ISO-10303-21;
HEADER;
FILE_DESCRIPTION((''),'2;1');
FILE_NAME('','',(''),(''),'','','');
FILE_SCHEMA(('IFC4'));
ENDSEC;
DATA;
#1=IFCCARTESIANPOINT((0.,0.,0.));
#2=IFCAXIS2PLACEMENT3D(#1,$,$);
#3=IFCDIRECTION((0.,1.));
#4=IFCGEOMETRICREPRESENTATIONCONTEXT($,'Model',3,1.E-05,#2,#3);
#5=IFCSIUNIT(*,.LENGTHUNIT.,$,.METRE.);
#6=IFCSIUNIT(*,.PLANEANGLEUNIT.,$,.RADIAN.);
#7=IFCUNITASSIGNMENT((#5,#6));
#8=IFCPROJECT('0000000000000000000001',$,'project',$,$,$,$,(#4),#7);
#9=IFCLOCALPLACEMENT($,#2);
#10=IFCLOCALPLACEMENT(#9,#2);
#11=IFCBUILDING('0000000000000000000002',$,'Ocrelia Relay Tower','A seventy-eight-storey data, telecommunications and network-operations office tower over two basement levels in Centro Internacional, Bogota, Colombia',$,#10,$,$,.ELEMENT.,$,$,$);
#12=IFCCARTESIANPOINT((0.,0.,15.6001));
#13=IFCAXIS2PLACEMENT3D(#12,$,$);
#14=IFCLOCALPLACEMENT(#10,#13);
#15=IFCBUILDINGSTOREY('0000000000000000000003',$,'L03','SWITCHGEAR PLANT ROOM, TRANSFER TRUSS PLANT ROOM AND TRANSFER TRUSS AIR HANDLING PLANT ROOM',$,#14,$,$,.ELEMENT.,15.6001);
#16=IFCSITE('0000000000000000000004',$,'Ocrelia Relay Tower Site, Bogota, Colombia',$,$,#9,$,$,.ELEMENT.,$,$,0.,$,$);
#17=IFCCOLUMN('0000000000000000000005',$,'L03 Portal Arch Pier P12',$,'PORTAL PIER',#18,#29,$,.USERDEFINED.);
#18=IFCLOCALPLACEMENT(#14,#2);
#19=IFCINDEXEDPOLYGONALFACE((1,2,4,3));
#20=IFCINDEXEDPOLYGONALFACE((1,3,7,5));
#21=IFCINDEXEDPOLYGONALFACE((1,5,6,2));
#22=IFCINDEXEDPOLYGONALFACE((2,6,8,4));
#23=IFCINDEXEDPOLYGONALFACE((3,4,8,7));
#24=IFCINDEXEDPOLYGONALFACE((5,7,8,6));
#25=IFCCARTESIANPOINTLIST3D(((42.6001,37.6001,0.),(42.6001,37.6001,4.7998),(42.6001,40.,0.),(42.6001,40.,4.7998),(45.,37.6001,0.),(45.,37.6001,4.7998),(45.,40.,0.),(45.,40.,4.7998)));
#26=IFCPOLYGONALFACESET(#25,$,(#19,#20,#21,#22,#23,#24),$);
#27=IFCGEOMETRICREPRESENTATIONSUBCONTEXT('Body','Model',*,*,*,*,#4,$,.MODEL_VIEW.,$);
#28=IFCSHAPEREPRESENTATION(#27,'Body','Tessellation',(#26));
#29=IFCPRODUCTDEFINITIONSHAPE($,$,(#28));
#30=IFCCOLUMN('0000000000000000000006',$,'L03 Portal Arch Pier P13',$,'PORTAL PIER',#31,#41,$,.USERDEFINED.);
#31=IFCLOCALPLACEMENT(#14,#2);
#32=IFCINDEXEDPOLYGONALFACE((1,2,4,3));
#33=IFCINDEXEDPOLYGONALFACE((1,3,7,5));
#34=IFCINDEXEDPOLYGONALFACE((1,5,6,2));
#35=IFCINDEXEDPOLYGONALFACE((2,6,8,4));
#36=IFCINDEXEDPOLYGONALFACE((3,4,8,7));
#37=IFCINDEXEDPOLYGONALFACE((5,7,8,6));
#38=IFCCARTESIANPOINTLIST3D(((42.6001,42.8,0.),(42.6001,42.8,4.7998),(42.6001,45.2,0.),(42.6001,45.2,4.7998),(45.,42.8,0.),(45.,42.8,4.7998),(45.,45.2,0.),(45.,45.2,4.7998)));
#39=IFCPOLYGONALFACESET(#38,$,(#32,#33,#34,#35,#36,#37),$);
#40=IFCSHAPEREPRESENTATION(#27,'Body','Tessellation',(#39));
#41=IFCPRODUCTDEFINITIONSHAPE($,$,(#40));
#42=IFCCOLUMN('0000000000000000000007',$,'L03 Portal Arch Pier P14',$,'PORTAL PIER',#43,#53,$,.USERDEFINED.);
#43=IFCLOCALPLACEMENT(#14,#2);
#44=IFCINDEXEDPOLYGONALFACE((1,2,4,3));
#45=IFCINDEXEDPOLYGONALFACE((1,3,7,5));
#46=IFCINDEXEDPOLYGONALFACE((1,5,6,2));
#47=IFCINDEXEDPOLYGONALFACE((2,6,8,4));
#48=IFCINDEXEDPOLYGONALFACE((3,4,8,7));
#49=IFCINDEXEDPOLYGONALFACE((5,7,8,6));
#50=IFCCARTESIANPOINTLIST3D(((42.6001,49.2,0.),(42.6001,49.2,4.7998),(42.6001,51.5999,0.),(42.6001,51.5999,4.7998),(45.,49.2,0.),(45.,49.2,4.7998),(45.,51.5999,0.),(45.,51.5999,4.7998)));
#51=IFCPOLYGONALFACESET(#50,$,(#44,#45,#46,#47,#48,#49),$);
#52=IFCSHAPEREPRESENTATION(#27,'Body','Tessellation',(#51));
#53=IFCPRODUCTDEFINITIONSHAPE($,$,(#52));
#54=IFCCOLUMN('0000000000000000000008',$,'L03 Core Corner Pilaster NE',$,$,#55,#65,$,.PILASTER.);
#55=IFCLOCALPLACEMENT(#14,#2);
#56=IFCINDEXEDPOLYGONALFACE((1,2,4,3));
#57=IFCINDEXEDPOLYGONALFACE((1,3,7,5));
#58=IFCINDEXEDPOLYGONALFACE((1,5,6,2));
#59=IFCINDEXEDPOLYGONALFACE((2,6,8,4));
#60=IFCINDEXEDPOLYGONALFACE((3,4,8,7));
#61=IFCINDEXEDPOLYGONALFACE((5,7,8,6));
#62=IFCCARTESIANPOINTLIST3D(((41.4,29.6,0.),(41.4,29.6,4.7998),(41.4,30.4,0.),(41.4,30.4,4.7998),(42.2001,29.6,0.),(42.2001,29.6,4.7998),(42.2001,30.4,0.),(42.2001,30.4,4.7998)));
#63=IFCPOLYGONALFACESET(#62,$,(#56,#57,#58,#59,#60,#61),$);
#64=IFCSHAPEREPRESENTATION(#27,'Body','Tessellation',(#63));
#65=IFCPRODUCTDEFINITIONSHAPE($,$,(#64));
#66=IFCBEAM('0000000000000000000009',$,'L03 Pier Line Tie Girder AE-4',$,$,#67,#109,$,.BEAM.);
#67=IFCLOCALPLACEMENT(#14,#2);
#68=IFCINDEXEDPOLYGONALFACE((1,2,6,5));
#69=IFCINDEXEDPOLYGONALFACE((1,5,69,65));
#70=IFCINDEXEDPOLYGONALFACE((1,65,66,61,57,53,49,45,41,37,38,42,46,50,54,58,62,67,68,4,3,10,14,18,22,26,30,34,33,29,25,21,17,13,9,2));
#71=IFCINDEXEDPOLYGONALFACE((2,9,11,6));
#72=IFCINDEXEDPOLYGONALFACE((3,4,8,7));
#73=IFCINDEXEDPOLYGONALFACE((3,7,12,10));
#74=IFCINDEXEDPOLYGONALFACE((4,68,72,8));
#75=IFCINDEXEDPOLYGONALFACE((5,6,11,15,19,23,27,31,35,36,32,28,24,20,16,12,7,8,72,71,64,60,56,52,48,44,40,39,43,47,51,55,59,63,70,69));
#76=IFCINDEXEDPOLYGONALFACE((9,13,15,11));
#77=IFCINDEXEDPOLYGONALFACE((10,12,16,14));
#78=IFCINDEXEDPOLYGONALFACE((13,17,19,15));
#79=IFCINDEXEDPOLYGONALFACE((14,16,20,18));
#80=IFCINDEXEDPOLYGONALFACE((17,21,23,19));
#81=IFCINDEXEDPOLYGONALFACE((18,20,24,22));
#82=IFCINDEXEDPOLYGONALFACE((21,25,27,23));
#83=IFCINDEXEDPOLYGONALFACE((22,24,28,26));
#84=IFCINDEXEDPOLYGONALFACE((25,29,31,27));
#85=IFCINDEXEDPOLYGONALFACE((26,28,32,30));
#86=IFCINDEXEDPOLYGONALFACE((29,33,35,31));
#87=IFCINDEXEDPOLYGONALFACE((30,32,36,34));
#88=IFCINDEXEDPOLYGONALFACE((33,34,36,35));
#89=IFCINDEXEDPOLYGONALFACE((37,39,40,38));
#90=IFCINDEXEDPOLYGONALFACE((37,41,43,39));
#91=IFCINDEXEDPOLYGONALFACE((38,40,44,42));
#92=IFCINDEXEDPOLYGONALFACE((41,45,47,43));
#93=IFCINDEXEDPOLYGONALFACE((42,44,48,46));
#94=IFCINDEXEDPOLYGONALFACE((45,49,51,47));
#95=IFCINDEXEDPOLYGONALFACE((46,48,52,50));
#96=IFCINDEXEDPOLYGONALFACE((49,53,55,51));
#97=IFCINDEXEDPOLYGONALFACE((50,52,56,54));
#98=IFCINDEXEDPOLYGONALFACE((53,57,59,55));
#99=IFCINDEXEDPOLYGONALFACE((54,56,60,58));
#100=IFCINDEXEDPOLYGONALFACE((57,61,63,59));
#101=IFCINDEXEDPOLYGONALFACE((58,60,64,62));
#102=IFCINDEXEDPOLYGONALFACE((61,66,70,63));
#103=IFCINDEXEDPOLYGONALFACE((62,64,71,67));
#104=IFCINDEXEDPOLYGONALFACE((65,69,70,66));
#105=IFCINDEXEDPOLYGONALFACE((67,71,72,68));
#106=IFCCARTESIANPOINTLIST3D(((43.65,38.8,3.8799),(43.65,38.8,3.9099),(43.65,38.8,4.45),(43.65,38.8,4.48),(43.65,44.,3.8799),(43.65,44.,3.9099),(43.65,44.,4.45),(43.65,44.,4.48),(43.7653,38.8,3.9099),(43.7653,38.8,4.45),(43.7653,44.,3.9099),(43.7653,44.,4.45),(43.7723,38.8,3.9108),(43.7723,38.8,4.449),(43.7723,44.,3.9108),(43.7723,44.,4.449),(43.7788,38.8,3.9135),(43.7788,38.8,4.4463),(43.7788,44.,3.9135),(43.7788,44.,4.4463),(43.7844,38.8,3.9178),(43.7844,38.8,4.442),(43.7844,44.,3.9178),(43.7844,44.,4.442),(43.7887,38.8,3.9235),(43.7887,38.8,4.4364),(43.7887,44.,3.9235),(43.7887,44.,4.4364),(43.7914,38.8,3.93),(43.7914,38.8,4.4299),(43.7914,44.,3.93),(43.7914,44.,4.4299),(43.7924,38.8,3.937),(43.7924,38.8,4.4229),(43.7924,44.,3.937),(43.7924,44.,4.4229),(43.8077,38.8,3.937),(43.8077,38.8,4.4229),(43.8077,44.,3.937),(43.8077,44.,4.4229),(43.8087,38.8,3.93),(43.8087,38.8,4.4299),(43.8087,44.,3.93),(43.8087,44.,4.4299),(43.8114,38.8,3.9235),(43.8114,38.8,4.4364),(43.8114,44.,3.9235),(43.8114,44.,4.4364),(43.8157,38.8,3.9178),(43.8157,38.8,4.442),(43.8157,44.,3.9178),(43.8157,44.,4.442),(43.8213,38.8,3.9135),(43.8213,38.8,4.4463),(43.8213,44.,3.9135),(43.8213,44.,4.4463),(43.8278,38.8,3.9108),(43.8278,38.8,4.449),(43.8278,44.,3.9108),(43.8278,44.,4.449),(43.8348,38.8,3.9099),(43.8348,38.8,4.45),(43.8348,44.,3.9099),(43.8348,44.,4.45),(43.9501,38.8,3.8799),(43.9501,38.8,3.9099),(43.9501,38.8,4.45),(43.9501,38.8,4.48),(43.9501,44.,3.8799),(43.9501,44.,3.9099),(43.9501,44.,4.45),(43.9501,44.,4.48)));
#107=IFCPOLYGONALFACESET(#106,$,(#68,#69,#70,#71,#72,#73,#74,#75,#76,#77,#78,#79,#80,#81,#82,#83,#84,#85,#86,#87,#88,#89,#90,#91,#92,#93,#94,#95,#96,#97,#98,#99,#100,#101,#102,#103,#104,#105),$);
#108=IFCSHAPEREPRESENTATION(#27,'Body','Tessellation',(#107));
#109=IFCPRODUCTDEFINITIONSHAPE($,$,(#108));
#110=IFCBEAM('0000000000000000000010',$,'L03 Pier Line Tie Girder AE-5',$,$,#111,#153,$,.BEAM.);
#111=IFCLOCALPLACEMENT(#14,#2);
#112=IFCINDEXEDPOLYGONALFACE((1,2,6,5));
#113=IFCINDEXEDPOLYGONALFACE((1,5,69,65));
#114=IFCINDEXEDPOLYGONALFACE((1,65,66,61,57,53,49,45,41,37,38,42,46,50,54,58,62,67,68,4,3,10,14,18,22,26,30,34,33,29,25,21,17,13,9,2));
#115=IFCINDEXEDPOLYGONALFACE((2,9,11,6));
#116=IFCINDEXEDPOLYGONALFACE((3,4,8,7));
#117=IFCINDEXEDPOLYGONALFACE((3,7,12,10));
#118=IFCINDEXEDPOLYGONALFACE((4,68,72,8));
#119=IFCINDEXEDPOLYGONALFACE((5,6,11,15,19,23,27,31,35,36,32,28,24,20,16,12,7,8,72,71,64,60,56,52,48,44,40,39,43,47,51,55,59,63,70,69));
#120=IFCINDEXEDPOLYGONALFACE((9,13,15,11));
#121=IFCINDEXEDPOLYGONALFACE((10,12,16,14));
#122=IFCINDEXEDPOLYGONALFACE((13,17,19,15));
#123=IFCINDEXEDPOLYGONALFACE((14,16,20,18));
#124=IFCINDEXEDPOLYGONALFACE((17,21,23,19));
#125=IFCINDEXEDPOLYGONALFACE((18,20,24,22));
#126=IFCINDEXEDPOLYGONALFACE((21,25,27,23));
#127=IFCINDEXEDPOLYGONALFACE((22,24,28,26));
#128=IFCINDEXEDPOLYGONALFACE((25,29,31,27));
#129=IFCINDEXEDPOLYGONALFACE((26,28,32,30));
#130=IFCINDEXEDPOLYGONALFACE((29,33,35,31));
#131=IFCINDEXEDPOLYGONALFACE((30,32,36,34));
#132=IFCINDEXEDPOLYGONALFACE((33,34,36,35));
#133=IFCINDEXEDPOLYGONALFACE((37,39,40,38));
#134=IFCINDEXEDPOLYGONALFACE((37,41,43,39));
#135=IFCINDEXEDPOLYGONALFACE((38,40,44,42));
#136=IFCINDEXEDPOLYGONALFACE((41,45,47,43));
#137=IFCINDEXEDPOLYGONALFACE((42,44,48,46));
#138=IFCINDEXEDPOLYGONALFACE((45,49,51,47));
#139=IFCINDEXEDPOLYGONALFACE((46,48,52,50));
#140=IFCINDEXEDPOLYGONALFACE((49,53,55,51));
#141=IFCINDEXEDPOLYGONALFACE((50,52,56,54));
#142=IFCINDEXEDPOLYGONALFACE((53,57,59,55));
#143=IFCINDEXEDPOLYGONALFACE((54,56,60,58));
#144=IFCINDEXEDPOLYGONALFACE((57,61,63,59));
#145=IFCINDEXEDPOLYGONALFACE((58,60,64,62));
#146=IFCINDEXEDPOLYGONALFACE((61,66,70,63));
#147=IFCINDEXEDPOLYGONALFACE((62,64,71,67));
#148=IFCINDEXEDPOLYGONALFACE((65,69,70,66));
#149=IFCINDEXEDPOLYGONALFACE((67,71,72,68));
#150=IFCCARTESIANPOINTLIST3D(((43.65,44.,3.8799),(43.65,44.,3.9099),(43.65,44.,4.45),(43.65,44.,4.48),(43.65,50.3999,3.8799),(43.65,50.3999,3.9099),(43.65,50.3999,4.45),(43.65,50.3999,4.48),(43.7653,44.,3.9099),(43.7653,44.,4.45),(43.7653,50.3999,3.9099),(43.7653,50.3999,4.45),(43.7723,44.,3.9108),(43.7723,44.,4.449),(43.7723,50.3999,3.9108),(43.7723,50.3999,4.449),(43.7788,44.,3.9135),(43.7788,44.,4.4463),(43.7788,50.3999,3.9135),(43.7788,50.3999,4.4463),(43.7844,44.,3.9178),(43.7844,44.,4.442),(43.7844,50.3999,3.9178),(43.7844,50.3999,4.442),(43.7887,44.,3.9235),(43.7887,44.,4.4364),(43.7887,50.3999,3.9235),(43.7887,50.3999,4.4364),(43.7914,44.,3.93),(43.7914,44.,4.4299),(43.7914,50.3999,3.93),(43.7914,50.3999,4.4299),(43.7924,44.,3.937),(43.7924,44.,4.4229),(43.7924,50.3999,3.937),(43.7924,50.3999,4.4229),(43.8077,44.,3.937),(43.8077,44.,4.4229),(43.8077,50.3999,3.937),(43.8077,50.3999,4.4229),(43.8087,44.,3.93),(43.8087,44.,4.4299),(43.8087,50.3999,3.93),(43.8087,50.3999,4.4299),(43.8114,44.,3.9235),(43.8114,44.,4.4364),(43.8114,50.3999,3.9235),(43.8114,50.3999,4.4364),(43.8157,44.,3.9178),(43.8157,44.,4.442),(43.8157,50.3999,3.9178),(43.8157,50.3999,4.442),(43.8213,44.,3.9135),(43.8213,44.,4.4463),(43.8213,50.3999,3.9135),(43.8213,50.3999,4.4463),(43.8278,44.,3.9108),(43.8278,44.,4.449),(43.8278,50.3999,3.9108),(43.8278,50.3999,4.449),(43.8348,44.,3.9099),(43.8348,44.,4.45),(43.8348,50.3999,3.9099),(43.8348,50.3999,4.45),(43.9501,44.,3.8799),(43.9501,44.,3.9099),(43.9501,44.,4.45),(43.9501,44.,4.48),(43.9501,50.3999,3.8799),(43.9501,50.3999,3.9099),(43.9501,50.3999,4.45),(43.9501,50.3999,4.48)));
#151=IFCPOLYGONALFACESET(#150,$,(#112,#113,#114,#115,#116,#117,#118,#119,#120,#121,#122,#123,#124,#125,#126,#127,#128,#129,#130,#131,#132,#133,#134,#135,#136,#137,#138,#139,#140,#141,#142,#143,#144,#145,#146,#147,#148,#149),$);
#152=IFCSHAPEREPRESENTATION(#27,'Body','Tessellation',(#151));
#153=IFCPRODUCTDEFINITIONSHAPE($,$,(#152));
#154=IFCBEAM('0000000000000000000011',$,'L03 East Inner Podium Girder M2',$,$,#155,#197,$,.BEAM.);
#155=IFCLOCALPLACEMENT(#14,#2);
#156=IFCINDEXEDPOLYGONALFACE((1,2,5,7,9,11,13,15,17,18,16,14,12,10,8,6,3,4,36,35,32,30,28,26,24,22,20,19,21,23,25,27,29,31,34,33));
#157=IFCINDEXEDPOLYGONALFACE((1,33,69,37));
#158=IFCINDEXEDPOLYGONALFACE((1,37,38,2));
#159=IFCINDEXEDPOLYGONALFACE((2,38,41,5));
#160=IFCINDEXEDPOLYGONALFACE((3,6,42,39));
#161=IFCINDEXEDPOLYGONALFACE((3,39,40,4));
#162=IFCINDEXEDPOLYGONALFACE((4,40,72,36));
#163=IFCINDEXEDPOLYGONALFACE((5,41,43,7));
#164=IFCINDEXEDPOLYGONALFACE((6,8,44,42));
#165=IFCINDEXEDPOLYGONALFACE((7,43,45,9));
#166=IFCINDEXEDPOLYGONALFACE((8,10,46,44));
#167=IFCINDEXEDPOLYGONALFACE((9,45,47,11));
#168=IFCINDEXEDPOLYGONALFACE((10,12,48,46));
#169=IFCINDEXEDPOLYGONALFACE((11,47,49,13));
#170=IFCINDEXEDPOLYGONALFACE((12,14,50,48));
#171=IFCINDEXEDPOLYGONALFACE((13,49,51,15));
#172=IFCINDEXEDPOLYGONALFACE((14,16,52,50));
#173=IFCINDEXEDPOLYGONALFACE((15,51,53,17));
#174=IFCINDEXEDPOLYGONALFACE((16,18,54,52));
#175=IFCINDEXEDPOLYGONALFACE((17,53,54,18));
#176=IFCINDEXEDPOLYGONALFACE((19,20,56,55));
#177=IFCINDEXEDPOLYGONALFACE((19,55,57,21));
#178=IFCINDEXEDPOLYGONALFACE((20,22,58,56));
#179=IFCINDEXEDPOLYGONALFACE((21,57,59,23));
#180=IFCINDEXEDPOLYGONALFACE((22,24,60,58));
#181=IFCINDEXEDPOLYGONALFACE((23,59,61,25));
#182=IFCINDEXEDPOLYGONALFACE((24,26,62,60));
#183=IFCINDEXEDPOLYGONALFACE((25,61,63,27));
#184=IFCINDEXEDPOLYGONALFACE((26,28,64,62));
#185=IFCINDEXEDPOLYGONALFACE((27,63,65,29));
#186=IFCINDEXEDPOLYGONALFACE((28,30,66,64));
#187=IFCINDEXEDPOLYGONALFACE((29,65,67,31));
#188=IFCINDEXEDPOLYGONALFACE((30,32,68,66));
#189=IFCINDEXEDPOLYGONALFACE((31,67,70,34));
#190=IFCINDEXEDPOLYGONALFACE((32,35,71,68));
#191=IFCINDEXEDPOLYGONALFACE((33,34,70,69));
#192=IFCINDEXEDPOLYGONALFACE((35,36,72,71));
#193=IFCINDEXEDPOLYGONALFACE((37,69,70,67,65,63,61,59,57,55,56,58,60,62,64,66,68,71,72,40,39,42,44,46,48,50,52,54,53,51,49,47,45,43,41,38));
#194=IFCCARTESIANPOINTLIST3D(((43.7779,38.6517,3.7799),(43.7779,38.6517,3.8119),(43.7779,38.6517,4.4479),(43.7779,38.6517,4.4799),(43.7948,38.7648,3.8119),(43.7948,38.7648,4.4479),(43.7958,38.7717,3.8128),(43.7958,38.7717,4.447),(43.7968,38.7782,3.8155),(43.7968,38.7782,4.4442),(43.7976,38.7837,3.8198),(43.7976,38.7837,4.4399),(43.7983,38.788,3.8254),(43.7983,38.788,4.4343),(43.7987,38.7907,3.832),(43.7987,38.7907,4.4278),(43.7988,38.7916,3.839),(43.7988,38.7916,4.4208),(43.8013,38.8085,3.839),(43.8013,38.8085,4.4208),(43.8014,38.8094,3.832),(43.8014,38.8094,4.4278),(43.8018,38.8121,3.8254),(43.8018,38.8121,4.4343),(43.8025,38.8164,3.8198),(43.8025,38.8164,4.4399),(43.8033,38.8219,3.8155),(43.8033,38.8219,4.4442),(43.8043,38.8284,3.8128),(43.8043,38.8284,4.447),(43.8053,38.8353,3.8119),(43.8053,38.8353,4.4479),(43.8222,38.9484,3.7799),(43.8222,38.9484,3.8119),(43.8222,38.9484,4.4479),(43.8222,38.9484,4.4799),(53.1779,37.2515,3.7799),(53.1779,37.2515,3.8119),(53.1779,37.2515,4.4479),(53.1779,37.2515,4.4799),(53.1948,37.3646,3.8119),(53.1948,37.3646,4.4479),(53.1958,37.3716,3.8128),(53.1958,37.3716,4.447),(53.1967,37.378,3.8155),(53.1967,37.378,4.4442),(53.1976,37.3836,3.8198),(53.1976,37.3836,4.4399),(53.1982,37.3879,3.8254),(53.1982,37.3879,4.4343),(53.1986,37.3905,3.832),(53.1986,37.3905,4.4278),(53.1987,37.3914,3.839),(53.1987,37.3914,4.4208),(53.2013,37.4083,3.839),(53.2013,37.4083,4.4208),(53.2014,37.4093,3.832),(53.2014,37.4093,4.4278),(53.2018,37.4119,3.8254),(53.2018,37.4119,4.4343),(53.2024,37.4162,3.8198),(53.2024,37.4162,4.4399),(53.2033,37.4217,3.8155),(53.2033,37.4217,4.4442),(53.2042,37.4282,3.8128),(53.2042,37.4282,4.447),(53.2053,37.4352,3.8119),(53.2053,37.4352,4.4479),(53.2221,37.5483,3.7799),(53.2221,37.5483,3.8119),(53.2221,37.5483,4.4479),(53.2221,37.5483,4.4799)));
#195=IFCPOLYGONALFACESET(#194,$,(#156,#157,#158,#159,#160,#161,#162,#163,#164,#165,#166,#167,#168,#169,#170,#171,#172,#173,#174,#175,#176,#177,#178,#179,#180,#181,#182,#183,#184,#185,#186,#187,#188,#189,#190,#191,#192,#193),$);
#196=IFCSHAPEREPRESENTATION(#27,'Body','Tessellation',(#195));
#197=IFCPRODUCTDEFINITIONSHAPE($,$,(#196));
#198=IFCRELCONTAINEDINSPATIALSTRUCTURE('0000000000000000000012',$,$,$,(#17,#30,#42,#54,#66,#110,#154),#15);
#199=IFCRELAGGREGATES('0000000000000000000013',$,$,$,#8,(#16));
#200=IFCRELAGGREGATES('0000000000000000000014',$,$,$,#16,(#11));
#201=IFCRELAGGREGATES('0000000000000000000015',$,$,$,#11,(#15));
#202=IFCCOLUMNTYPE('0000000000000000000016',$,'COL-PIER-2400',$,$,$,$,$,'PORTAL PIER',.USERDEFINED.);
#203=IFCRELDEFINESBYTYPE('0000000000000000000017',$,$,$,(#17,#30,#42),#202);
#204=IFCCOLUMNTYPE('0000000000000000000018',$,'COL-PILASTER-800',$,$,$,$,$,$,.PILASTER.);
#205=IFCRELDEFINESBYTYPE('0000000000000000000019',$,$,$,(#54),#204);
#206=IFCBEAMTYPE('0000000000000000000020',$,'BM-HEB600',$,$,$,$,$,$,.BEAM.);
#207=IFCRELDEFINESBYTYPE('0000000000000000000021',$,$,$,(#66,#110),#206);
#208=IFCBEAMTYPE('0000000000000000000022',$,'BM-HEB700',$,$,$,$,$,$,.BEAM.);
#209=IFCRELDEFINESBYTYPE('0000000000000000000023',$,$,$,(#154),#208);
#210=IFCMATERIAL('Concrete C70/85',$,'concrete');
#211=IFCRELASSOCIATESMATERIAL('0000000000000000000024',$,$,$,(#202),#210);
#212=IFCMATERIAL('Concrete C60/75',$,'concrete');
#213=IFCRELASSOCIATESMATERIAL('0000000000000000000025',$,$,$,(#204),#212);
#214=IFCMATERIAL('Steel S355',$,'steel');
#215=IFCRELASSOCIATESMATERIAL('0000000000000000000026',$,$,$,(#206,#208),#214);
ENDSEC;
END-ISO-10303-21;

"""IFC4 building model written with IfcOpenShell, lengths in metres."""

from ifc_helpers import new_model, si_unit, direction, frame, origin, origin_2d, place, context, subcontext, project, spatial, rectangle, i_section, extrude, material, material_profile, profile_set, type_object, element, save


model = new_model("IFC4")

# Units and contexts
model_context = context("Model", 3, precision=1e-05, world=origin(), true_north=direction((0.0, 1.0)))
body_context = subcontext(model_context, "Body", "Model", "MODEL_VIEW")
ifc_project = project(units=[si_unit("LENGTHUNIT", "METRE"), si_unit("PLANEANGLEUNIT", "RADIAN")], contexts=[model_context])

# Site, building, storey
site_placement = place(None, origin())
site = spatial("IfcSite", under=ifc_project, at=site_placement, Name="Ocrelia Relay Tower Site, Bogota, Colombia", CompositionType="ELEMENT", RefElevation=0.0)
building_placement = place(site_placement, origin())
building = spatial("IfcBuilding", under=site, at=building_placement, Name="Ocrelia Relay Tower", Description="A seventy-eight-storey data, telecommunications and network-operations office tower over two basement levels in Centro Internacional, Bogota, Colombia", CompositionType="ELEMENT")
storey_placement = place(building_placement, frame((0.0, 0.0, 15.6001)))
storey = spatial("IfcBuildingStorey", under=building, at=storey_placement, Name="L03", Description="SWITCHGEAR PLANT ROOM, TRANSFER TRUSS PLANT ROOM AND TRANSFER TRUSS AIR HANDLING PLANT ROOM", CompositionType="ELEMENT", Elevation=15.6001)

# Columns
ifc_material_1 = material(Name="Concrete C70/85", Category="concrete")
ifc_material_profile_1 = material_profile(ifc_material_1, rectangle(XDim=2.3999, YDim=2.3999, at=origin_2d()), Name="RC-PIER-2400x2400")
ifc_profile_set_1 = profile_set([ifc_material_profile_1], Name="Concrete C70/85")
column_type_1 = type_object("IfcColumnType", Name="COL-PIER-2400", ElementType="PORTAL PIER", PredefinedType="USERDEFINED", material=ifc_profile_set_1)
for number, where, z_axis, x_axis, name in (
    (1, (43.8, 38.8, 0.0), (0.0, 0.0, 1.0), (1.0, 0.0, 0.0), "L03 Portal Arch Pier P12"),
    (2, (43.8, 44.0, 0.0), (0.0, 0.0, 1.0), (1.0, 0.0, 0.0), "L03 Portal Arch Pier P13"),
    (3, (43.8, 50.3999, 0.0), (0.0, 0.0, 1.0), (1.0, 0.0, 0.0), "L03 Portal Arch Pier P14"),
):
    element("IfcColumn", number, at=place(storey_placement, frame(where, z_axis=z_axis, x_axis=x_axis)), inside=storey, type_object=column_type_1, Name=name, ObjectType="PORTAL PIER", PredefinedType="USERDEFINED", context=body_context, shape_type="SweptSolid", body=[
        extrude(rectangle(XDim=2.3999, YDim=2.3999, at=origin_2d()), origin(), (0.0, 0.0, 1.0), 4.7998),
    ])
ifc_material_2 = material(Name="Concrete C60/75", Category="concrete")
ifc_material_profile_2 = material_profile(ifc_material_2, rectangle(XDim=0.8, YDim=0.8, at=origin_2d()), Name="RC-COL-800x800")
ifc_profile_set_2 = profile_set([ifc_material_profile_2], Name="Concrete C60/75")
column_type_2 = type_object("IfcColumnType", Name="COL-PILASTER-800", PredefinedType="PILASTER", material=ifc_profile_set_2)
column_placement = place(storey_placement, frame((41.8, 30.0, 0.0), z_axis=(0.0, 0.0, 1.0), x_axis=(1.0, 0.0, 0.0)))
element("IfcColumn", 4, at=column_placement, inside=storey, type_object=column_type_2, Name="L03 Core Corner Pilaster NE", PredefinedType="PILASTER", context=body_context, shape_type="SweptSolid", body=[
    extrude(rectangle(XDim=0.8, YDim=0.8, at=origin_2d()), origin(), (0.0, 0.0, 1.0), 4.7998),
])

# Beams
ifc_material_3 = material(Name="Steel S355", Category="steel")
ifc_material_profile_3 = material_profile(ifc_material_3, i_section(OverallWidth=0.3, OverallDepth=0.6001, WebThickness=0.0154, FlangeThickness=0.03, FilletRadius=0.0271, at=origin_2d()), Name="HEB 600")
ifc_profile_set_3 = profile_set([ifc_material_profile_3], Name="Steel S355")
beam_type_1 = type_object("IfcBeamType", Name="BM-HEB600", PredefinedType="BEAM", material=ifc_profile_set_3)
beam_1_placement = place(storey_placement, frame((43.8, 38.8, 4.1799), z_axis=(0.0, 1.0, 0.0), x_axis=(-1.0, 0.0, 0.0)))
element("IfcBeam", 5, at=beam_1_placement, inside=storey, type_object=beam_type_1, Name="L03 Pier Line Tie Girder AE-4", PredefinedType="BEAM", context=body_context, shape_type="SweptSolid", body=[
    extrude(i_section(OverallWidth=0.3, OverallDepth=0.6001, WebThickness=0.0154, FlangeThickness=0.03, FilletRadius=0.0271, at=origin_2d()), origin(), (0.0, 0.0, 1.0), 5.2),
])
beam_2_placement = place(storey_placement, frame((43.8, 44.0, 4.1799), z_axis=(0.0, 1.0, 0.0), x_axis=(-1.0, 0.0, 0.0)))
element("IfcBeam", 6, at=beam_2_placement, inside=storey, type_object=beam_type_1, Name="L03 Pier Line Tie Girder AE-5", PredefinedType="BEAM", context=body_context, shape_type="SweptSolid", body=[
    extrude(i_section(OverallWidth=0.3, OverallDepth=0.6001, WebThickness=0.0154, FlangeThickness=0.03, FilletRadius=0.0271, at=origin_2d()), origin(), (0.0, 0.0, 1.0), 6.3999),
])
ifc_material_profile_4 = material_profile(ifc_material_3, i_section(OverallWidth=0.3, OverallDepth=0.7, WebThickness=0.0171, FlangeThickness=0.032, FilletRadius=0.0271, at=origin_2d()), Name="HEB 700")
ifc_profile_set_4 = profile_set([ifc_material_profile_4], Name="Steel S355")
beam_type_2 = type_object("IfcBeamType", Name="BM-HEB700", PredefinedType="BEAM", material=ifc_profile_set_4)
beam_3_placement = place(storey_placement, frame((43.8, 38.8, 4.1299), z_axis=(0.989088, -0.147328, 0.0), x_axis=(0.147328, 0.989088, 0.0)))
element("IfcBeam", 7, at=beam_3_placement, inside=storey, type_object=beam_type_2, Name="L03 East Inner Podium Girder M2", PredefinedType="BEAM", context=body_context, shape_type="SweptSolid", body=[
    extrude(i_section(OverallWidth=0.3, OverallDepth=0.7, WebThickness=0.0171, FlangeThickness=0.032, FilletRadius=0.0271, at=origin_2d()), origin(), (0.0, 0.0, 1.0), 9.5037),
])

save(model, "model.ifc")
